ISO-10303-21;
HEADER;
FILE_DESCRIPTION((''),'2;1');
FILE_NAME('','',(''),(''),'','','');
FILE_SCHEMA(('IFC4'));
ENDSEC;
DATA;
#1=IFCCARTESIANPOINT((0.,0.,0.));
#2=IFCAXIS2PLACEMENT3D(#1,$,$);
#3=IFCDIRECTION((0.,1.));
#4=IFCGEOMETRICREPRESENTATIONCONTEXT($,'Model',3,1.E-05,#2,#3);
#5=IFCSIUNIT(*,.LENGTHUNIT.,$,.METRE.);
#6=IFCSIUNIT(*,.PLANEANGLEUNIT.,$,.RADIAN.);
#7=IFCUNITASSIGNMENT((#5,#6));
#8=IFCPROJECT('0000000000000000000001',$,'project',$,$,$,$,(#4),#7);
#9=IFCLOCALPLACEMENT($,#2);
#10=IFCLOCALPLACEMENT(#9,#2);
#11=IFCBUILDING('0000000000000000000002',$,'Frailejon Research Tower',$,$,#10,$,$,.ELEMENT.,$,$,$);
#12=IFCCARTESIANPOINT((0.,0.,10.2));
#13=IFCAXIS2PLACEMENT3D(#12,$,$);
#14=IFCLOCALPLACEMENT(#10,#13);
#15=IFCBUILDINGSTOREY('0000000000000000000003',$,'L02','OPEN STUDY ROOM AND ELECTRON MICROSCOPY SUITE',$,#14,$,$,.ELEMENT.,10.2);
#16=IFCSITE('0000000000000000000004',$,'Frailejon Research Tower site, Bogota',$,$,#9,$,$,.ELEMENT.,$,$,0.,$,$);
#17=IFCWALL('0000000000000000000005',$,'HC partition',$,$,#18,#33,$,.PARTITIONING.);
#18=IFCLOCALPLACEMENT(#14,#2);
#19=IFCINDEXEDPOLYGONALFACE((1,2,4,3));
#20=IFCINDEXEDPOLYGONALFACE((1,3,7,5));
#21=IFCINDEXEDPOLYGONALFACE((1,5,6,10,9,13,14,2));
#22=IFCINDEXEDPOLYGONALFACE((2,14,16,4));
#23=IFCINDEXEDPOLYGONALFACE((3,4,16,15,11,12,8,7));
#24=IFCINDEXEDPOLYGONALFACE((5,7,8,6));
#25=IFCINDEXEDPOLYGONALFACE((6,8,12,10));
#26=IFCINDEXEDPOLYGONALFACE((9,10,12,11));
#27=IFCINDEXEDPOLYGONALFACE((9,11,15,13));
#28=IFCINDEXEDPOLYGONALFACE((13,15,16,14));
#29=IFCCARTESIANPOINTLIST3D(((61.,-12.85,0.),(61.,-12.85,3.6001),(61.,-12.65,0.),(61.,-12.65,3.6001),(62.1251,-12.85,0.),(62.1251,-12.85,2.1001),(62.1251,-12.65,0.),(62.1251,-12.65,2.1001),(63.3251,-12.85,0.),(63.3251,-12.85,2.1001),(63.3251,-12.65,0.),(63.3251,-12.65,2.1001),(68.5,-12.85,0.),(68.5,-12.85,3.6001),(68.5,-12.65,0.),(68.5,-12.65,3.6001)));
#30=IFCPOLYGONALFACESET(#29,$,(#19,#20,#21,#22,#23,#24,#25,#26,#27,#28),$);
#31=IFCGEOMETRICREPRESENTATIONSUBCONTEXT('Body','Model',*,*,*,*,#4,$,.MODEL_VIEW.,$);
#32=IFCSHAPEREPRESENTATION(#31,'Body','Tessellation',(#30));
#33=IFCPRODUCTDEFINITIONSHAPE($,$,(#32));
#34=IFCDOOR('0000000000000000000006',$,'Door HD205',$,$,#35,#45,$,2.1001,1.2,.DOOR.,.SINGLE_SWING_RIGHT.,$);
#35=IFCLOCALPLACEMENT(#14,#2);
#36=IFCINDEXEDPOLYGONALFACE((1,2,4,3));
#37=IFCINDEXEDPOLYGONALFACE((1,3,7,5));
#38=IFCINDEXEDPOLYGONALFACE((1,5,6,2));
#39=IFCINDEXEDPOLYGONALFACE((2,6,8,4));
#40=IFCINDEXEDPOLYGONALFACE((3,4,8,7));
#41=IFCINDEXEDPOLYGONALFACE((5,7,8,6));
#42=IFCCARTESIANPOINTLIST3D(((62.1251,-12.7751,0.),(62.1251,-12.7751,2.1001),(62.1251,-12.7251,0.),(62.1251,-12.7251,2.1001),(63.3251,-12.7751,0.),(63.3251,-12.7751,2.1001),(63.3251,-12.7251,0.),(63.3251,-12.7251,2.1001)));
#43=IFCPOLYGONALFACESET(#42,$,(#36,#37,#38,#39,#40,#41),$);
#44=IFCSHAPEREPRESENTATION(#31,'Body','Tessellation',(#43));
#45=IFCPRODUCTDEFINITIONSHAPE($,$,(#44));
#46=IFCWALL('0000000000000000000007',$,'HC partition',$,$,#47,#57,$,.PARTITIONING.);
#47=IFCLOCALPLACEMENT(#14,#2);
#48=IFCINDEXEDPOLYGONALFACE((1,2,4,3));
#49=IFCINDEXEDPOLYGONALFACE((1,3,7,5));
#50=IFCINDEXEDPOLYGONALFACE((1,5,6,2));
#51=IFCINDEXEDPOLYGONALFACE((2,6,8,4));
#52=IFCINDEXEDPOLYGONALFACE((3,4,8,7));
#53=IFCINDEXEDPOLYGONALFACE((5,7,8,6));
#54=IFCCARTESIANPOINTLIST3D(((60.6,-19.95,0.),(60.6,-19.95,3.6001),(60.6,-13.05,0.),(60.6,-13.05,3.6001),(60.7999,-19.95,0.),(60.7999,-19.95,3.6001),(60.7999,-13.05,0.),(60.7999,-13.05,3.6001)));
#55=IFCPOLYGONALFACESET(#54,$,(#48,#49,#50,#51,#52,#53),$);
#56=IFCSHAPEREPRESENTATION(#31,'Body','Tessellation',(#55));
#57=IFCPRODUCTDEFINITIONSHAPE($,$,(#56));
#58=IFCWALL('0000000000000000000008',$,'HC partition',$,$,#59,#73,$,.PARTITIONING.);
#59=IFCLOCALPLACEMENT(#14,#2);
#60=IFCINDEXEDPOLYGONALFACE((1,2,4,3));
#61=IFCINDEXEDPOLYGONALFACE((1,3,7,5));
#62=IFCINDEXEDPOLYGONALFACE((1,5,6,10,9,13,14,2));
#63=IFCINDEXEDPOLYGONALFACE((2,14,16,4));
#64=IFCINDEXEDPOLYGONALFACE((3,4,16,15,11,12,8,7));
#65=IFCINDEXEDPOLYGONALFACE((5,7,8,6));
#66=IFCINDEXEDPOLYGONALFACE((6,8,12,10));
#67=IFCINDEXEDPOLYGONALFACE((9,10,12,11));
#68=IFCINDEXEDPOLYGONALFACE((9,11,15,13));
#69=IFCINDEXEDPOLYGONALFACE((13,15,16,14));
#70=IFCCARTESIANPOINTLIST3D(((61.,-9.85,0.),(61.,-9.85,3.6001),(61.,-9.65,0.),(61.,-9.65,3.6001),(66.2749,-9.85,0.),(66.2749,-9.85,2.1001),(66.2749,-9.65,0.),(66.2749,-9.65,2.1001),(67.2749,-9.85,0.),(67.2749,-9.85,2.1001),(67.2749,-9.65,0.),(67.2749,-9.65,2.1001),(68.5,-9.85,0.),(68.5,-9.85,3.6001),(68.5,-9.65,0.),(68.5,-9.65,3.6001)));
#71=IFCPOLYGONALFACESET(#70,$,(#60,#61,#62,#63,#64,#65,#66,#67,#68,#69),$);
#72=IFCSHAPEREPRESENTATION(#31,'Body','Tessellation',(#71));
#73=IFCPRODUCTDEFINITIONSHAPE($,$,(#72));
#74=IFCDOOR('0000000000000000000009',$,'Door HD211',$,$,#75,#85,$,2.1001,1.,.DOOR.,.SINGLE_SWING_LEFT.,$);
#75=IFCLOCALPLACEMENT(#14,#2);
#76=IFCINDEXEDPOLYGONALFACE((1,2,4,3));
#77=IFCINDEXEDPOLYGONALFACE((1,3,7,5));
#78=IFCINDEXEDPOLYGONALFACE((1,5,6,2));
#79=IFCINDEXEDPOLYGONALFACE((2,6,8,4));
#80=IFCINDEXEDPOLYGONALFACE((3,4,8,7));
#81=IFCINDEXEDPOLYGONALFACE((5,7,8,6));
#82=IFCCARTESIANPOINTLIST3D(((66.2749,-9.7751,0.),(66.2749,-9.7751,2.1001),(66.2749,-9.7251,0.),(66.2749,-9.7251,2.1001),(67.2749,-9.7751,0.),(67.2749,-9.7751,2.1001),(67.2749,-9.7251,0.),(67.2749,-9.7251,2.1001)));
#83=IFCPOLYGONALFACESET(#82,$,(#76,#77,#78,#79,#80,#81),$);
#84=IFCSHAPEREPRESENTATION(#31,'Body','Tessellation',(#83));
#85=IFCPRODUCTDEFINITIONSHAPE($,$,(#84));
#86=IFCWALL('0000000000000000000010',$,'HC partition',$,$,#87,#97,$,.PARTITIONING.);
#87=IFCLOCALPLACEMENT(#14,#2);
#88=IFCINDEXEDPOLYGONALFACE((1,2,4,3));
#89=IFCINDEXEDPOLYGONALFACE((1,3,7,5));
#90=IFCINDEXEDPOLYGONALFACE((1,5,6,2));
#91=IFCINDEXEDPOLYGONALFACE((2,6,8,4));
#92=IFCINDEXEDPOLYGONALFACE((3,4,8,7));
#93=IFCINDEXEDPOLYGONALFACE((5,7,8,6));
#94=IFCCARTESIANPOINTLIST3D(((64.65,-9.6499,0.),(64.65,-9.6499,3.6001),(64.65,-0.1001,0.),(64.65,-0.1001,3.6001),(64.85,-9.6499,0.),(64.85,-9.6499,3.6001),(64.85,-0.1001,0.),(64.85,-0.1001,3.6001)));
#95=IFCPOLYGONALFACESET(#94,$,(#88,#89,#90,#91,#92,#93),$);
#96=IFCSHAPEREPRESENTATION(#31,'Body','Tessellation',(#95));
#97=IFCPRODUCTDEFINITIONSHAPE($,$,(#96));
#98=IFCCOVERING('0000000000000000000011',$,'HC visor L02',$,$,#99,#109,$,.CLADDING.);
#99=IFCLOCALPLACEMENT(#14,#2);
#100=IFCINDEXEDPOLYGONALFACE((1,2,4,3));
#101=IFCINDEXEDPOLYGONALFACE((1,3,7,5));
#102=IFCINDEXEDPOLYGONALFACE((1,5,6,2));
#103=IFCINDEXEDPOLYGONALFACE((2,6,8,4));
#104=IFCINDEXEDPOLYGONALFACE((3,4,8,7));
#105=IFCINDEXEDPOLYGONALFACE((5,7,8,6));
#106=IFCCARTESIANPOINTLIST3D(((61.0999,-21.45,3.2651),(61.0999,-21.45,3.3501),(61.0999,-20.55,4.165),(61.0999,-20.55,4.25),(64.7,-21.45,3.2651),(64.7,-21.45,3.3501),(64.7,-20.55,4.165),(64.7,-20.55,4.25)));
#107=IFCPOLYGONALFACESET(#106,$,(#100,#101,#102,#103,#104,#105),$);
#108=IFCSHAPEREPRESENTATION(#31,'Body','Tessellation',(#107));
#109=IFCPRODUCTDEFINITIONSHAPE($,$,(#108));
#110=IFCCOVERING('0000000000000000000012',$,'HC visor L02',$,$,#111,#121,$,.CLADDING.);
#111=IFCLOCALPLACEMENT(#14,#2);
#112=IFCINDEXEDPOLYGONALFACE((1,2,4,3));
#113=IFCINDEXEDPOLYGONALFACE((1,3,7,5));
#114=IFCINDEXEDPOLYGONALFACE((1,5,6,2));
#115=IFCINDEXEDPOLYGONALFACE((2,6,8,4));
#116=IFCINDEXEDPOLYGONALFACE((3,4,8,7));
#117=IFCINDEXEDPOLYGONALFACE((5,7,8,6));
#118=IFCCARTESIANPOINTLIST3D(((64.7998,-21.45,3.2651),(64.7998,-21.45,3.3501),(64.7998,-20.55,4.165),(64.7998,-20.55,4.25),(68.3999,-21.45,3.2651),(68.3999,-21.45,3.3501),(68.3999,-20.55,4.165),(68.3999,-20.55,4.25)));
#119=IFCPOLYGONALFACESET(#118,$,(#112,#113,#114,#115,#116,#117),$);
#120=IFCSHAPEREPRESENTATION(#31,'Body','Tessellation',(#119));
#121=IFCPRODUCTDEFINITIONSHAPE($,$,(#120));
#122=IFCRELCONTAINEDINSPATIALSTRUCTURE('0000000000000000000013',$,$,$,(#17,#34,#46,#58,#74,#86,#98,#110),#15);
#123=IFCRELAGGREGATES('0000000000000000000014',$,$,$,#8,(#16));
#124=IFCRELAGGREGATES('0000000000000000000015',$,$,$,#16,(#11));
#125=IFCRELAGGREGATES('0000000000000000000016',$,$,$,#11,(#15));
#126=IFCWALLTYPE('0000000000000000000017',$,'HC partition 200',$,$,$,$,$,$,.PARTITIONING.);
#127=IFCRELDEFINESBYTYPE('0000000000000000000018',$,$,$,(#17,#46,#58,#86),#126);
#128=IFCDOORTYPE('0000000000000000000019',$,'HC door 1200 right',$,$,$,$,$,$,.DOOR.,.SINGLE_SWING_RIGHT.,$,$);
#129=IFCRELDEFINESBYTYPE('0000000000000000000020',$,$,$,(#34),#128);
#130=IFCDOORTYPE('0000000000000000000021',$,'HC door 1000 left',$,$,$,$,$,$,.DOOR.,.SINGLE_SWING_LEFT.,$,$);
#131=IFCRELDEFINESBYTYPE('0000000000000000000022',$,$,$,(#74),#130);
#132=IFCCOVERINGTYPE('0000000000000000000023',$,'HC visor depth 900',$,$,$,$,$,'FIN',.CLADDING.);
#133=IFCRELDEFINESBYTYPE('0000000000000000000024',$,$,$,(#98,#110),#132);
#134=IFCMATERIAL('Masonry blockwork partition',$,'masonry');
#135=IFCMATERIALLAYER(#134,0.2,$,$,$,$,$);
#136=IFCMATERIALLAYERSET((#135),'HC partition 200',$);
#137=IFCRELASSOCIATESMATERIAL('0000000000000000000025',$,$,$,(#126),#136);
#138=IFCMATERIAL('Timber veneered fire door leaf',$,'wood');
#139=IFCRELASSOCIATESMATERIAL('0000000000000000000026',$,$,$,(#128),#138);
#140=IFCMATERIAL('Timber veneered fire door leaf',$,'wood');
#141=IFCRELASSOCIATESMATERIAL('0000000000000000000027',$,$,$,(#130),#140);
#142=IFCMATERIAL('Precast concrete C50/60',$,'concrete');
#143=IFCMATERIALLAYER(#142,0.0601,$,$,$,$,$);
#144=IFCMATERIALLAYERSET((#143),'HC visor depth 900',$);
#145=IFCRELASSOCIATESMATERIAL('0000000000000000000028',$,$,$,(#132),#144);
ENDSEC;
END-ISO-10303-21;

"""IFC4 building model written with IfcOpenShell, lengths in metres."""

from ifc_helpers import new_model, si_unit, direction, frame, frame_2d, origin, place, context, subcontext, project, spatial, polyline, rectangle, outline, extrude, material, layer, layer_set, type_object, element, fill, save


model = new_model("IFC4")

# Units and contexts
model_context = context("Model", 3, precision=1e-05, world=origin(), true_north=direction((0.0, 1.0)))
body_context = subcontext(model_context, "Body", "Model", "MODEL_VIEW")
ifc_project = project(units=[si_unit("LENGTHUNIT", "METRE"), si_unit("PLANEANGLEUNIT", "RADIAN")], contexts=[model_context])

# Site, building, storey
site_placement = place(None, origin())
site = spatial("IfcSite", under=ifc_project, at=site_placement, Name="Frailejon Research Tower site, Bogota", CompositionType="ELEMENT", RefElevation=0.0)
building_placement = place(site_placement, origin())
building = spatial("IfcBuilding", under=site, at=building_placement, Name="Frailejon Research Tower", CompositionType="ELEMENT")
storey_placement = place(building_placement, frame((0.0, 0.0, 10.2)))
storey = spatial("IfcBuildingStorey", under=building, at=storey_placement, Name="L02", Description="OPEN STUDY ROOM AND ELECTRON MICROSCOPY SUITE", CompositionType="ELEMENT", Elevation=10.2)

# Wall, opening, door
ifc_material_1 = material(Name="Masonry blockwork partition", Category="masonry")
ifc_layer_1 = layer(ifc_material_1, 0.2)
ifc_layer_set_1 = layer_set([ifc_layer_1], Name="HC partition 200")
wall_type_1 = type_object("IfcWallType", Name="HC partition 200", PredefinedType="PARTITIONING", material=ifc_layer_set_1)
wall_1_placement = place(storey_placement, frame((61.0, -12.75, 0.0), z_axis=(0.0, 0.0, 1.0), x_axis=(1.0, 0.0, 0.0)))
wall_1 = element("IfcWall", 1, at=wall_1_placement, inside=storey, type_object=wall_type_1, Name="HC partition", PredefinedType="PARTITIONING", context=body_context, shape_type="SweptSolid", body=[
    extrude(rectangle(XDim=7.5, YDim=0.2, at=frame_2d((3.75, 0.0))), origin(), (0.0, 0.0, 1.0), 3.6001),
])
opening_1_placement = place(wall_1_placement, frame((1.125, 0.0, 0.0)))
opening_1 = element("IfcOpeningElement", 2, at=opening_1_placement, cuts=wall_1, PredefinedType="OPENING", context=body_context, shape_type="SweptSolid", body=[
    extrude(rectangle(XDim=1.2, YDim=2.1001, at=frame_2d((0.6001, 1.05))), frame((0.0, 0.1099, 0.0), z_axis=(0.0, -1.0, 0.0), x_axis=(1.0, 0.0, 0.0)), (0.0, 0.0, 1.0), 0.22),
])
ifc_material_2 = material(Name="Timber veneered fire door leaf", Category="wood")
door_type_1 = type_object("IfcDoorType", Name="HC door 1200 right", OperationType="SINGLE_SWING_RIGHT", PredefinedType="DOOR", material=ifc_material_2)
door_1_placement = place(opening_1_placement, origin())
door_1 = element("IfcDoor", 3, at=door_1_placement, inside=storey, type_object=door_type_1, Name="Door HD205", OperationType="SINGLE_SWING_RIGHT", OverallHeight=2.1001, OverallWidth=1.2, PredefinedType="DOOR", context=body_context, shape_type="SweptSolid", body=[
    extrude(rectangle(XDim=1.2, YDim=2.1001, at=frame_2d((0.6001, 1.05))), frame((0.0, 0.0249, 0.0), z_axis=(0.0, -1.0, 0.0), x_axis=(1.0, 0.0, 0.0)), (0.0, 0.0, 1.0), 0.05),
])
fill(opening_1, door_1)

# Wall
wall_2_placement = place(storey_placement, frame((60.7, -19.95, 0.0), z_axis=(0.0, 0.0, 1.0), x_axis=(0.0, 1.0, 0.0)))
element("IfcWall", 4, at=wall_2_placement, inside=storey, type_object=wall_type_1, Name="HC partition", PredefinedType="PARTITIONING", context=body_context, shape_type="SweptSolid", body=[
    extrude(rectangle(XDim=6.8999, YDim=0.2, at=frame_2d((3.45, 0.0))), origin(), (0.0, 0.0, 1.0), 3.6001),
])

# Wall, opening, door
wall_3_placement = place(storey_placement, frame((61.0, -9.75, 0.0), z_axis=(0.0, 0.0, 1.0), x_axis=(1.0, 0.0, 0.0)))
wall_3 = element("IfcWall", 5, at=wall_3_placement, inside=storey, type_object=wall_type_1, Name="HC partition", PredefinedType="PARTITIONING", context=body_context, shape_type="SweptSolid", body=[
    extrude(rectangle(XDim=7.5, YDim=0.2, at=frame_2d((3.75, 0.0))), origin(), (0.0, 0.0, 1.0), 3.6001),
])
opening_2_placement = place(wall_3_placement, frame((5.2749, 0.0, 0.0)))
opening_2 = element("IfcOpeningElement", 6, at=opening_2_placement, cuts=wall_3, PredefinedType="OPENING", context=body_context, shape_type="SweptSolid", body=[
    extrude(rectangle(XDim=1.0, YDim=2.1001, at=frame_2d((0.5, 1.05))), frame((0.0, 0.1099, 0.0), z_axis=(0.0, -1.0, 0.0), x_axis=(1.0, 0.0, 0.0)), (0.0, 0.0, 1.0), 0.22),
])
ifc_material_3 = material(Name="Timber veneered fire door leaf", Category="wood")
door_type_2 = type_object("IfcDoorType", Name="HC door 1000 left", OperationType="SINGLE_SWING_LEFT", PredefinedType="DOOR", material=ifc_material_3)
door_2_placement = place(opening_2_placement, origin())
door_2 = element("IfcDoor", 7, at=door_2_placement, inside=storey, type_object=door_type_2, Name="Door HD211", OperationType="SINGLE_SWING_LEFT", OverallHeight=2.1001, OverallWidth=1.0, PredefinedType="DOOR", context=body_context, shape_type="SweptSolid", body=[
    extrude(rectangle(XDim=1.0, YDim=2.1001, at=frame_2d((0.5, 1.05))), frame((0.0, 0.0249, 0.0), z_axis=(0.0, -1.0, 0.0), x_axis=(1.0, 0.0, 0.0)), (0.0, 0.0, 1.0), 0.05),
])
fill(opening_2, door_2)

# Wall
wall_4_placement = place(storey_placement, frame((64.75, -9.6499, 0.0), z_axis=(0.0, 0.0, 1.0), x_axis=(0.0, 1.0, 0.0)))
element("IfcWall", 8, at=wall_4_placement, inside=storey, type_object=wall_type_1, Name="HC partition", PredefinedType="PARTITIONING", context=body_context, shape_type="SweptSolid", body=[
    extrude(rectangle(XDim=9.5498, YDim=0.2, at=frame_2d((4.7749, 0.0))), origin(), (0.0, 0.0, 1.0), 3.6001),
])

# Coverings
ifc_material_4 = material(Name="Precast concrete C50/60", Category="concrete")
ifc_layer_2 = layer(ifc_material_4, 0.0601)
ifc_layer_set_2 = layer_set([ifc_layer_2], Name="HC visor depth 900")
covering_type = type_object("IfcCoveringType", Name="HC visor depth 900", ElementType="FIN", PredefinedType="CLADDING", material=ifc_layer_set_2)
for number, where, z_axis, x_axis, name in (
    (9, (64.7, -20.55, 4.25), (-1.0, 0.0, 0.0), (0.0, -1.0, 0.0), "HC visor L02"),
    (10, (68.3999, -20.55, 4.25), (-1.0, 0.0, 0.0), (0.0, -1.0, 0.0), "HC visor L02"),
):
    element("IfcCovering", number, at=place(storey_placement, frame(where, z_axis=z_axis, x_axis=x_axis)), inside=storey, type_object=covering_type, Name=name, PredefinedType="CLADDING", context=body_context, shape_type="SweptSolid", body=[
        extrude(outline(polyline([(0.0, -0.085), (0.8999, -0.9849), (0.8999, -0.8999), (0.0, 0.0), (0.0, -0.085)])), origin(), (0.0, 0.0, 1.0), 3.6001),
    ])

save(model, "model.ifc")
